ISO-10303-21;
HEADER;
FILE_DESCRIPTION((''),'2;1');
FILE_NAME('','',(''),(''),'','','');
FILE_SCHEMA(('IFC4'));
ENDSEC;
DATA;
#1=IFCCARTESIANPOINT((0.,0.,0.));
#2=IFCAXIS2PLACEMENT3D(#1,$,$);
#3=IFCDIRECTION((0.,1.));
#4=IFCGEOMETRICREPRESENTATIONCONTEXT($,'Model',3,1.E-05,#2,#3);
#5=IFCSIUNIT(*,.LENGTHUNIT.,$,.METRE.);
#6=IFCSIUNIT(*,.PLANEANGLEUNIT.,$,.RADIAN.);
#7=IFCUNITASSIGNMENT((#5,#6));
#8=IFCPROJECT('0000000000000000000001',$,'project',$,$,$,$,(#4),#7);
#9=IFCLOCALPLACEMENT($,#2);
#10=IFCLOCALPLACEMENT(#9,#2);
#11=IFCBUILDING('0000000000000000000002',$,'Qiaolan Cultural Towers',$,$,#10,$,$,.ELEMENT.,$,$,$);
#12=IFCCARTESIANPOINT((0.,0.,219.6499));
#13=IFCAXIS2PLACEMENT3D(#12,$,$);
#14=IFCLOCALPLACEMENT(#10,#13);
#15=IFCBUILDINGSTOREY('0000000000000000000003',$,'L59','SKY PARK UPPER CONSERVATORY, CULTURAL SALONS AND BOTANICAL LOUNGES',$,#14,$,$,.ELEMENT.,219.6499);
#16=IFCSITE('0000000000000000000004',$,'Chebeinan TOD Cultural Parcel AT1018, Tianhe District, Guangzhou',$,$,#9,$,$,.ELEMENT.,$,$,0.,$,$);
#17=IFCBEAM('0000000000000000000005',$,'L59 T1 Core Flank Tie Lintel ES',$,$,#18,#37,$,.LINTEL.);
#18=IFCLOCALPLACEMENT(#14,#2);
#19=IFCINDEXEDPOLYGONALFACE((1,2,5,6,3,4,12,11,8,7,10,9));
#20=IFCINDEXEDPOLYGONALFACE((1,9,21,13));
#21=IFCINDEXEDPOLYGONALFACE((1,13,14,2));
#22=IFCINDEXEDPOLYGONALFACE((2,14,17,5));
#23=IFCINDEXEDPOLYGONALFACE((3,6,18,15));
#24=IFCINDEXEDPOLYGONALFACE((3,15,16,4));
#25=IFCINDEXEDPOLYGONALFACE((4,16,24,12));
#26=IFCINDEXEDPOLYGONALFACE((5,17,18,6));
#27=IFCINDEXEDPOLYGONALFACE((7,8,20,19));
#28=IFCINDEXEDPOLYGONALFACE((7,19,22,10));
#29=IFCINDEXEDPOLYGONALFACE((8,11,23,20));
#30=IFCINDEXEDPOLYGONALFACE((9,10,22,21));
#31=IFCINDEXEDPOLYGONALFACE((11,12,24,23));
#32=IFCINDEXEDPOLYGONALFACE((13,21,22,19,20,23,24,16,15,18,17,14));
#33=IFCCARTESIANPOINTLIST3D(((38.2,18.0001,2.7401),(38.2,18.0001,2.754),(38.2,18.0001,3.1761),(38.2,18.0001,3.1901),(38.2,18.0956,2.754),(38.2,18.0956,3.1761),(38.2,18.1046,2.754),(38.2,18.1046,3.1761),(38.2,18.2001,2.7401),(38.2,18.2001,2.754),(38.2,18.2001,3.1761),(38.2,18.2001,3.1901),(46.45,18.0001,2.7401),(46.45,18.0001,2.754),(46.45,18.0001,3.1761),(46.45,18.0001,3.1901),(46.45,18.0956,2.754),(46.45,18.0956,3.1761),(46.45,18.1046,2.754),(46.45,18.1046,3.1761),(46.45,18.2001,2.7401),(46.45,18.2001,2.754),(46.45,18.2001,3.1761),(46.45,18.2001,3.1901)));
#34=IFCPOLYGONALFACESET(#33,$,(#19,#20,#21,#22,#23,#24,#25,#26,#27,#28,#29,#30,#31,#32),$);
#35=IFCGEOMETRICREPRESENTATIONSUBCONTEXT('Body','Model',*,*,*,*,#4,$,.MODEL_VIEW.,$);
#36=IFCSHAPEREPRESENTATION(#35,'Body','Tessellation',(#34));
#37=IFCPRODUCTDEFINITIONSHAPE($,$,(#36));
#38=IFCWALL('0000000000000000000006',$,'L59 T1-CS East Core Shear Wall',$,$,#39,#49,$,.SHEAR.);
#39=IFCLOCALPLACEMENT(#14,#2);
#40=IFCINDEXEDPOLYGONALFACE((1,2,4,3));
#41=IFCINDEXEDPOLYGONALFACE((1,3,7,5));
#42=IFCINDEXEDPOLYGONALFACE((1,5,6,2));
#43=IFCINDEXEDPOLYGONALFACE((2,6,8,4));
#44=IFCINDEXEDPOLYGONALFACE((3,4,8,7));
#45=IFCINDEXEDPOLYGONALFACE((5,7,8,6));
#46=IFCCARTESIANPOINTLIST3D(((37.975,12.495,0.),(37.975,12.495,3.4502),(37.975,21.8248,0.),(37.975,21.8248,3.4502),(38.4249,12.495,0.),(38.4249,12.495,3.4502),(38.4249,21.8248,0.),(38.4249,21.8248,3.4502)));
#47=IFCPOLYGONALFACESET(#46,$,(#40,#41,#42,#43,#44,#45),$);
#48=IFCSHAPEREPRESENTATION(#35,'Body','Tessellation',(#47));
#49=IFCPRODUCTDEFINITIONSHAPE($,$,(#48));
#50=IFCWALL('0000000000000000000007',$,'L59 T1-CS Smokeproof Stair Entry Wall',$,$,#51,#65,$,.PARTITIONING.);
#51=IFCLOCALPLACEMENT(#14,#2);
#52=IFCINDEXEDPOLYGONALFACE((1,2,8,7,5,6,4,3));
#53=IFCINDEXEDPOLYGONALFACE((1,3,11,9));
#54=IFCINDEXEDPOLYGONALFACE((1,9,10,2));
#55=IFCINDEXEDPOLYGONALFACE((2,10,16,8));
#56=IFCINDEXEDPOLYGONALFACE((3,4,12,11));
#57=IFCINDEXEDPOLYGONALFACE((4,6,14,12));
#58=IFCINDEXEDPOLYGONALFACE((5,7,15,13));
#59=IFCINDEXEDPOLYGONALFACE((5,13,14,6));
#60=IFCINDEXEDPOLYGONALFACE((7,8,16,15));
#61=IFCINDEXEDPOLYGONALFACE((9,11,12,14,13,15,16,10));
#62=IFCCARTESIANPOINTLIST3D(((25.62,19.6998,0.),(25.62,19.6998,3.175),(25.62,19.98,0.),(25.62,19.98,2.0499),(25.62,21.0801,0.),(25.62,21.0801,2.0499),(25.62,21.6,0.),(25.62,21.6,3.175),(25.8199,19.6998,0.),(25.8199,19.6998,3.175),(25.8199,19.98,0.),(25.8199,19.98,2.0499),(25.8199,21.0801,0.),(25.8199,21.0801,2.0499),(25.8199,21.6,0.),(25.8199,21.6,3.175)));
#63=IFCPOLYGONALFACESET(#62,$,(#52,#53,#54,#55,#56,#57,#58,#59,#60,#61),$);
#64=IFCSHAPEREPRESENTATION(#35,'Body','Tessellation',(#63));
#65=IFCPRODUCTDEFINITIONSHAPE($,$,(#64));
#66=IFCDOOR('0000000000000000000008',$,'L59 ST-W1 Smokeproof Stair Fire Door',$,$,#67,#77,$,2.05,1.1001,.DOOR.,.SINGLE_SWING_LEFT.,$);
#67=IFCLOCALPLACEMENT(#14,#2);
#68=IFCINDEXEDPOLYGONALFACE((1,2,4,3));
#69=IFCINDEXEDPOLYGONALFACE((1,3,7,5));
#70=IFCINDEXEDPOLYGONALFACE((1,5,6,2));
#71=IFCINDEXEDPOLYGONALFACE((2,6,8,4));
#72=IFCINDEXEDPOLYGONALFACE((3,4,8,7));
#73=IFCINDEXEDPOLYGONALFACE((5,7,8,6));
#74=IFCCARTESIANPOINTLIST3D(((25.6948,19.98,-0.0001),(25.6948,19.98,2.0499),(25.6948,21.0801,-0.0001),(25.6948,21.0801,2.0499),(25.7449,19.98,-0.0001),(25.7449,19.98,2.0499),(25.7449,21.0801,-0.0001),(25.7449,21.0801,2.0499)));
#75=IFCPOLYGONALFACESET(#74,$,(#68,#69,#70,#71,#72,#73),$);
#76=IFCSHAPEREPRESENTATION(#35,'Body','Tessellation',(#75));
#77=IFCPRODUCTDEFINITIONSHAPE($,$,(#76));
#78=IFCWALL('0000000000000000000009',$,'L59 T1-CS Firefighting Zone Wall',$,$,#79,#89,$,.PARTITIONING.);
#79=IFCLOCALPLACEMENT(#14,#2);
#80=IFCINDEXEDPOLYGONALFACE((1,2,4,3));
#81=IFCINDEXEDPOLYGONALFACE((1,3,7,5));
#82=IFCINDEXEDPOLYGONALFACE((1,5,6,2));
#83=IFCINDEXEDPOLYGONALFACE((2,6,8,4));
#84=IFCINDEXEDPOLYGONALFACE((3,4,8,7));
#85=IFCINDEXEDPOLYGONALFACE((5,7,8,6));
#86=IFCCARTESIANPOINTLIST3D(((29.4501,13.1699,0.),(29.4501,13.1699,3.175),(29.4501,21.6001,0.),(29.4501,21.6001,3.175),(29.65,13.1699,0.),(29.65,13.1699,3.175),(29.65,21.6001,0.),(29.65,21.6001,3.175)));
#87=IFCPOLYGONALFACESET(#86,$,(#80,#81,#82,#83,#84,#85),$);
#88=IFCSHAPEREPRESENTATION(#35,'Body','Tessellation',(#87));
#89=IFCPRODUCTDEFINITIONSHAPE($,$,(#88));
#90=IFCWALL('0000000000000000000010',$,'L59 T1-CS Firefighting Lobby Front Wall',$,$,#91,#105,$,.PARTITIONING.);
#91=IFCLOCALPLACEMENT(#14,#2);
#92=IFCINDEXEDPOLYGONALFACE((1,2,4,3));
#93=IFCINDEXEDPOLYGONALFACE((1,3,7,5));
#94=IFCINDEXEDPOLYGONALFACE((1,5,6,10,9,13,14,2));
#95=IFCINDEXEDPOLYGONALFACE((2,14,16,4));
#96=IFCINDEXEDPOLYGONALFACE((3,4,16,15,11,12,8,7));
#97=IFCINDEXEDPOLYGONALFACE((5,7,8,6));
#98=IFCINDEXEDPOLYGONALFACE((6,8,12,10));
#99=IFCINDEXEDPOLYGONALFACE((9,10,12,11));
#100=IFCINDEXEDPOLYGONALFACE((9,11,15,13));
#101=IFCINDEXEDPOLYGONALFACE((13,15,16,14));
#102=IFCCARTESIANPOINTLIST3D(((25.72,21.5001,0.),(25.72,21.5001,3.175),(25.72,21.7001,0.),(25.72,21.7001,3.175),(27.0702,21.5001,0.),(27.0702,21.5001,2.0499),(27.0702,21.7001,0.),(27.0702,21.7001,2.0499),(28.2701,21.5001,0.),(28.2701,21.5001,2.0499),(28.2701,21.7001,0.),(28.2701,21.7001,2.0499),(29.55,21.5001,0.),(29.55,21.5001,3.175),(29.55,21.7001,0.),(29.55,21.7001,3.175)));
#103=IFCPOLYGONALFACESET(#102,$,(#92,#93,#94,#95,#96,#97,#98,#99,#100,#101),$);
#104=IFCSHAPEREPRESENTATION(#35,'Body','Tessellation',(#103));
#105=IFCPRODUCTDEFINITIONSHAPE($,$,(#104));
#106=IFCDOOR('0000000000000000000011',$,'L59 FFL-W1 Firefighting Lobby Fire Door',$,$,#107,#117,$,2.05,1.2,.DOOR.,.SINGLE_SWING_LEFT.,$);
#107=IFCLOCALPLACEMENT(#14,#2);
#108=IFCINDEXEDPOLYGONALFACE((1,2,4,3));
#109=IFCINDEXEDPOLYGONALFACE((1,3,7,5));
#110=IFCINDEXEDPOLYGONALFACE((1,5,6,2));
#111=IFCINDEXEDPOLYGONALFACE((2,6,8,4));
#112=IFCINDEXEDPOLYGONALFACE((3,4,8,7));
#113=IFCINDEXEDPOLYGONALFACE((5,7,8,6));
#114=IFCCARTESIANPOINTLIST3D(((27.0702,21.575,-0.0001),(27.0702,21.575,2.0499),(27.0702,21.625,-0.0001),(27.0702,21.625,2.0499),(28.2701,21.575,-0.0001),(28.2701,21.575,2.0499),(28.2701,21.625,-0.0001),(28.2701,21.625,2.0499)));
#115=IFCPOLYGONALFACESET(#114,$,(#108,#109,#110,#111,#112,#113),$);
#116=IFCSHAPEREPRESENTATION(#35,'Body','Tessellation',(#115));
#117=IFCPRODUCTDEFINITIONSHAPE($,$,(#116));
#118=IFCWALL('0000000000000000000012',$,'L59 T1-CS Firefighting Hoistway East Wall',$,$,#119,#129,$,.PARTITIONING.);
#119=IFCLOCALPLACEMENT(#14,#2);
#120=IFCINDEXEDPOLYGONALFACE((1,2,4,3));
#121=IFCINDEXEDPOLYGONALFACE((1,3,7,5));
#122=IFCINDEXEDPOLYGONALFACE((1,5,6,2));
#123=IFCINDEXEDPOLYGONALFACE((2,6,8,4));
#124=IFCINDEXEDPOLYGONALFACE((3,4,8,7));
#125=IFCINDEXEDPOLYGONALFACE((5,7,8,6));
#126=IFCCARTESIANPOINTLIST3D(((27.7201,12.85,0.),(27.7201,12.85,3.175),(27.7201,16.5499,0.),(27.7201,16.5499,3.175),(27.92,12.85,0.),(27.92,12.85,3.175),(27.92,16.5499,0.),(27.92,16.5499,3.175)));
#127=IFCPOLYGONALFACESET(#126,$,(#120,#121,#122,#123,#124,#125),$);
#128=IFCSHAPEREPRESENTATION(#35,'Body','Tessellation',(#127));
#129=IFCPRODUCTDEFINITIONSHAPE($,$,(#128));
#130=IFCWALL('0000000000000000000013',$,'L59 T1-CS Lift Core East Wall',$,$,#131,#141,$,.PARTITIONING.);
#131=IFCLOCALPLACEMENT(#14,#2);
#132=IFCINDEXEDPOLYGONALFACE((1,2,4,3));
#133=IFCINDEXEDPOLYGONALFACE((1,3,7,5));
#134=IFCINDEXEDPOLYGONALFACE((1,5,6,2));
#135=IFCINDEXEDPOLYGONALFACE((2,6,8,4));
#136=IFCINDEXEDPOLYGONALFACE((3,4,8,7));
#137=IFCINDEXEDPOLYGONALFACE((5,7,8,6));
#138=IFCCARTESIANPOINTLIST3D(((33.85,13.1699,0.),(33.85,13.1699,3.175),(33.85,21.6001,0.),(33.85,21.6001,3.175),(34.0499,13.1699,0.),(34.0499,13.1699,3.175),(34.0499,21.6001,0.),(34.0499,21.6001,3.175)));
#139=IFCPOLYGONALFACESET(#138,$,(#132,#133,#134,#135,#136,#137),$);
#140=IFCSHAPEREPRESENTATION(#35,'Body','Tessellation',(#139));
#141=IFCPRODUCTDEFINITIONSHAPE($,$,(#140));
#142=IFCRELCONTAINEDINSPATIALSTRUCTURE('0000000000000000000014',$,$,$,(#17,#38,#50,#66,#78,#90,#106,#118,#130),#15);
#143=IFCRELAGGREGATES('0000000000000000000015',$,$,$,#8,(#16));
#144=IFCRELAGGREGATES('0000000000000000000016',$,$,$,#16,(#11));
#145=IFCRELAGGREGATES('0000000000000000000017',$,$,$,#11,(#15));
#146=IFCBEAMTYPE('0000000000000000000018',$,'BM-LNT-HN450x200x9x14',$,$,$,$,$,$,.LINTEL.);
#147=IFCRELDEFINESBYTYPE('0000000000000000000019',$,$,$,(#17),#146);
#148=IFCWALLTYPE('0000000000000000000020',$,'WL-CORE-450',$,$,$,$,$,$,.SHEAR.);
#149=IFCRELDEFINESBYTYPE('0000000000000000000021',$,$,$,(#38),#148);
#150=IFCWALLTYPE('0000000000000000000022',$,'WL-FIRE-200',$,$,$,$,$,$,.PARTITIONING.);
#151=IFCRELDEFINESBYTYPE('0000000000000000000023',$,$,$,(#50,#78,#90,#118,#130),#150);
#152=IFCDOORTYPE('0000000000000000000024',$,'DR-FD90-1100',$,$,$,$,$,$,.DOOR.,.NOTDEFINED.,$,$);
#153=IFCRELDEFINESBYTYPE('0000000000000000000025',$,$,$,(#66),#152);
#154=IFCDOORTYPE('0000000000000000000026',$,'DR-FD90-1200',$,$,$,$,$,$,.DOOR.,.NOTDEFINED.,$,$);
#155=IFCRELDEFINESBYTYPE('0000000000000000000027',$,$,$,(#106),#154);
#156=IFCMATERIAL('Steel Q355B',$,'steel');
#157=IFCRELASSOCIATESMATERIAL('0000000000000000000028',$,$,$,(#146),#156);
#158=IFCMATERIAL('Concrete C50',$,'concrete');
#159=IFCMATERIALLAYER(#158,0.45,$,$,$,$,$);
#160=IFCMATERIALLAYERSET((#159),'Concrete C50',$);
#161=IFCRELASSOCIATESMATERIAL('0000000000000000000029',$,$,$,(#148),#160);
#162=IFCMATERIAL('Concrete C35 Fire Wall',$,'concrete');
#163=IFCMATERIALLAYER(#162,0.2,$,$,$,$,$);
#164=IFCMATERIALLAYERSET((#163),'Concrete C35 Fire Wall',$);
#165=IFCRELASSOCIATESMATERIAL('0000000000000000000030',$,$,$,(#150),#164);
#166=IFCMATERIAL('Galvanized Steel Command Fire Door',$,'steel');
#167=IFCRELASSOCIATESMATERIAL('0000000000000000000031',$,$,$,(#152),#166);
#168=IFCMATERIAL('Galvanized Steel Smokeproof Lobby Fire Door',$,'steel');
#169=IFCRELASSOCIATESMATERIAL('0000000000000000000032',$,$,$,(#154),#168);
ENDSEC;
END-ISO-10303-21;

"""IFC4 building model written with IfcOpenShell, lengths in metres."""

from ifc_helpers import new_model, si_unit, direction, frame, frame_2d, origin, origin_2d, place, context, subcontext, project, spatial, rectangle, i_section, extrude, material, layer, layer_set, material_profile, profile_set, type_object, element, fill, save


model = new_model("IFC4")

# Units and contexts
model_context = context("Model", 3, precision=1e-05, world=origin(), true_north=direction((0.0, 1.0)))
body_context = subcontext(model_context, "Body", "Model", "MODEL_VIEW")
ifc_project = project(units=[si_unit("LENGTHUNIT", "METRE"), si_unit("PLANEANGLEUNIT", "RADIAN")], contexts=[model_context])

# Site, building, storey
site_placement = place(None, origin())
site = spatial("IfcSite", under=ifc_project, at=site_placement, Name="Chebeinan TOD Cultural Parcel AT1018, Tianhe District, Guangzhou", CompositionType="ELEMENT", RefElevation=0.0)
building_placement = place(site_placement, origin())
building = spatial("IfcBuilding", under=site, at=building_placement, Name="Qiaolan Cultural Towers", CompositionType="ELEMENT")
storey_placement = place(building_placement, frame((0.0, 0.0, 219.6499)))
storey = spatial("IfcBuildingStorey", under=building, at=storey_placement, Name="L59", Description="SKY PARK UPPER CONSERVATORY, CULTURAL SALONS AND BOTANICAL LOUNGES", CompositionType="ELEMENT", Elevation=219.6499)

# Beam
ifc_material_1 = material(Name="Steel Q355B", Category="steel")
ifc_material_profile = material_profile(ifc_material_1, i_section(OverallWidth=0.2, OverallDepth=0.45, WebThickness=0.009, FlangeThickness=0.0139, at=origin_2d()), Name="HN450x200x9x14")
ifc_profile_set = profile_set([ifc_material_profile], Name="Steel Q355B")
beam_type = type_object("IfcBeamType", Name="BM-LNT-HN450x200x9x14", PredefinedType="LINTEL", material=ifc_profile_set)
beam_placement = place(storey_placement, frame((38.2, 18.1001, 2.9651), z_axis=(1.0, 0.0, 0.0), x_axis=(0.0, 1.0, 0.0)))
element("IfcBeam", 1, at=beam_placement, inside=storey, type_object=beam_type, Name="L59 T1 Core Flank Tie Lintel ES", PredefinedType="LINTEL", context=body_context, shape_type="SweptSolid", body=[
    extrude(i_section(OverallWidth=0.2, OverallDepth=0.45, WebThickness=0.009, FlangeThickness=0.0139, at=origin_2d()), origin(), (0.0, 0.0, 1.0), 8.25),
])

# Wall
ifc_material_2 = material(Name="Concrete C50", Category="concrete")
ifc_layer_1 = layer(ifc_material_2, 0.45)
ifc_layer_set_1 = layer_set([ifc_layer_1], Name="Concrete C50")
wall_type_1 = type_object("IfcWallType", Name="WL-CORE-450", PredefinedType="SHEAR", material=ifc_layer_set_1)
wall_1_placement = place(storey_placement, frame((38.2, 21.825, 0.0), z_axis=(0.0, 0.0, 1.0), x_axis=(0.0, -1.0, 0.0)))
element("IfcWall", 2, at=wall_1_placement, inside=storey, type_object=wall_type_1, Name="L59 T1-CS East Core Shear Wall", PredefinedType="SHEAR", context=body_context, shape_type="SweptSolid", body=[
    extrude(rectangle(XDim=9.3298, YDim=0.45, at=frame_2d((4.665, 0.0))), origin(), (0.0, 0.0, 1.0), 3.4502),
])

# Wall, opening, door
ifc_material_3 = material(Name="Concrete C35 Fire Wall", Category="concrete")
ifc_layer_2 = layer(ifc_material_3, 0.2)
ifc_layer_set_2 = layer_set([ifc_layer_2], Name="Concrete C35 Fire Wall")
wall_type_2 = type_object("IfcWallType", Name="WL-FIRE-200", PredefinedType="PARTITIONING", material=ifc_layer_set_2)
wall_2_placement = place(storey_placement, frame((25.72, 21.6001, 0.0), z_axis=(0.0, 0.0, 1.0), x_axis=(0.0, -1.0, 0.0)))
wall_2 = element("IfcWall", 3, at=wall_2_placement, inside=storey, type_object=wall_type_2, Name="L59 T1-CS Smokeproof Stair Entry Wall", PredefinedType="PARTITIONING", context=body_context, shape_type="SweptSolid", body=[
    extrude(rectangle(XDim=1.9001, YDim=0.2, at=frame_2d((0.9502, 0.0))), origin(), (0.0, 0.0, 1.0), 3.175),
])
opening_1_placement = place(wall_2_placement, frame((0.52, 0.0, 0.0)))
opening_1 = element("IfcOpeningElement", 4, at=opening_1_placement, cuts=wall_2, PredefinedType="OPENING", context=body_context, shape_type="SweptSolid", body=[
    extrude(rectangle(XDim=1.1001, YDim=2.05, at=frame_2d((0.55, 1.0249))), frame((0.0, 0.1099, 0.0), z_axis=(0.0, -1.0, 0.0), x_axis=(1.0, 0.0, 0.0)), (0.0, 0.0, 1.0), 0.22),
])
ifc_material_4 = material(Name="Galvanized Steel Command Fire Door", Category="steel")
door_type_1 = type_object("IfcDoorType", Name="DR-FD90-1100", OperationType="NOTDEFINED", PredefinedType="DOOR", material=ifc_material_4)
door_1_placement = place(opening_1_placement, origin())
door_1 = element("IfcDoor", 5, at=door_1_placement, inside=storey, type_object=door_type_1, Name="L59 ST-W1 Smokeproof Stair Fire Door", OperationType="SINGLE_SWING_LEFT", OverallHeight=2.05, OverallWidth=1.1001, PredefinedType="DOOR", context=body_context, shape_type="SweptSolid", body=[
    extrude(rectangle(XDim=1.1001, YDim=2.05, at=frame_2d((0.55, 1.0249))), frame((0.0, 0.0249, 0.0), z_axis=(0.0, -1.0, 0.0), x_axis=(1.0, 0.0, 0.0)), (0.0, 0.0, 1.0), 0.05),
])
fill(opening_1, door_1)

# Wall
wall_3_placement = place(storey_placement, frame((29.55, 21.6001, 0.0), z_axis=(0.0, 0.0, 1.0), x_axis=(0.0, -1.0, 0.0)))
element("IfcWall", 6, at=wall_3_placement, inside=storey, type_object=wall_type_2, Name="L59 T1-CS Firefighting Zone Wall", PredefinedType="PARTITIONING", context=body_context, shape_type="SweptSolid", body=[
    extrude(rectangle(XDim=8.4302, YDim=0.2, at=frame_2d((4.2151, 0.0))), origin(), (0.0, 0.0, 1.0), 3.175),
])

# Wall, opening, door
wall_4_placement = place(storey_placement, frame((25.72, 21.6001, 0.0), z_axis=(0.0, 0.0, 1.0), x_axis=(1.0, 0.0, 0.0)))
wall_4 = element("IfcWall", 7, at=wall_4_placement, inside=storey, type_object=wall_type_2, Name="L59 T1-CS Firefighting Lobby Front Wall", PredefinedType="PARTITIONING", context=body_context, shape_type="SweptSolid", body=[
    extrude(rectangle(XDim=3.8301, YDim=0.2, at=frame_2d((1.915, 0.0))), origin(), (0.0, 0.0, 1.0), 3.175),
])
opening_2_placement = place(wall_4_placement, frame((1.3501, 0.0, 0.0)))
opening_2 = element("IfcOpeningElement", 8, at=opening_2_placement, cuts=wall_4, PredefinedType="OPENING", context=body_context, shape_type="SweptSolid", body=[
    extrude(rectangle(XDim=1.2, YDim=2.05, at=frame_2d((0.6001, 1.0249))), frame((0.0, 0.1099, 0.0), z_axis=(0.0, -1.0, 0.0), x_axis=(1.0, 0.0, 0.0)), (0.0, 0.0, 1.0), 0.22),
])
ifc_material_5 = material(Name="Galvanized Steel Smokeproof Lobby Fire Door", Category="steel")
door_type_2 = type_object("IfcDoorType", Name="DR-FD90-1200", OperationType="NOTDEFINED", PredefinedType="DOOR", material=ifc_material_5)
door_2_placement = place(opening_2_placement, origin())
door_2 = element("IfcDoor", 9, at=door_2_placement, inside=storey, type_object=door_type_2, Name="L59 FFL-W1 Firefighting Lobby Fire Door", OperationType="SINGLE_SWING_LEFT", OverallHeight=2.05, OverallWidth=1.2, PredefinedType="DOOR", context=body_context, shape_type="SweptSolid", body=[
    extrude(rectangle(XDim=1.2, YDim=2.05, at=frame_2d((0.6001, 1.0249))), frame((0.0, 0.0249, 0.0), z_axis=(0.0, -1.0, 0.0), x_axis=(1.0, 0.0, 0.0)), (0.0, 0.0, 1.0), 0.05),
])
fill(opening_2, door_2)

# Walls
wall_5_placement = place(storey_placement, frame((27.8201, 16.55, 0.0), z_axis=(0.0, 0.0, 1.0), x_axis=(0.0, -1.0, 0.0)))
element("IfcWall", 10, at=wall_5_placement, inside=storey, type_object=wall_type_2, Name="L59 T1-CS Firefighting Hoistway East Wall", PredefinedType="PARTITIONING", context=body_context, shape_type="SweptSolid", body=[
    extrude(rectangle(XDim=3.7, YDim=0.2, at=frame_2d((1.8501, 0.0))), origin(), (0.0, 0.0, 1.0), 3.175),
])
wall_6_placement = place(storey_placement, frame((33.95, 21.6001, 0.0), z_axis=(0.0, 0.0, 1.0), x_axis=(0.0, -1.0, 0.0)))
element("IfcWall", 11, at=wall_6_placement, inside=storey, type_object=wall_type_2, Name="L59 T1-CS Lift Core East Wall", PredefinedType="PARTITIONING", context=body_context, shape_type="SweptSolid", body=[
    extrude(rectangle(XDim=8.4302, YDim=0.2, at=frame_2d((4.2151, 0.0))), origin(), (0.0, 0.0, 1.0), 3.175),
])

save(model, "model.ifc")
